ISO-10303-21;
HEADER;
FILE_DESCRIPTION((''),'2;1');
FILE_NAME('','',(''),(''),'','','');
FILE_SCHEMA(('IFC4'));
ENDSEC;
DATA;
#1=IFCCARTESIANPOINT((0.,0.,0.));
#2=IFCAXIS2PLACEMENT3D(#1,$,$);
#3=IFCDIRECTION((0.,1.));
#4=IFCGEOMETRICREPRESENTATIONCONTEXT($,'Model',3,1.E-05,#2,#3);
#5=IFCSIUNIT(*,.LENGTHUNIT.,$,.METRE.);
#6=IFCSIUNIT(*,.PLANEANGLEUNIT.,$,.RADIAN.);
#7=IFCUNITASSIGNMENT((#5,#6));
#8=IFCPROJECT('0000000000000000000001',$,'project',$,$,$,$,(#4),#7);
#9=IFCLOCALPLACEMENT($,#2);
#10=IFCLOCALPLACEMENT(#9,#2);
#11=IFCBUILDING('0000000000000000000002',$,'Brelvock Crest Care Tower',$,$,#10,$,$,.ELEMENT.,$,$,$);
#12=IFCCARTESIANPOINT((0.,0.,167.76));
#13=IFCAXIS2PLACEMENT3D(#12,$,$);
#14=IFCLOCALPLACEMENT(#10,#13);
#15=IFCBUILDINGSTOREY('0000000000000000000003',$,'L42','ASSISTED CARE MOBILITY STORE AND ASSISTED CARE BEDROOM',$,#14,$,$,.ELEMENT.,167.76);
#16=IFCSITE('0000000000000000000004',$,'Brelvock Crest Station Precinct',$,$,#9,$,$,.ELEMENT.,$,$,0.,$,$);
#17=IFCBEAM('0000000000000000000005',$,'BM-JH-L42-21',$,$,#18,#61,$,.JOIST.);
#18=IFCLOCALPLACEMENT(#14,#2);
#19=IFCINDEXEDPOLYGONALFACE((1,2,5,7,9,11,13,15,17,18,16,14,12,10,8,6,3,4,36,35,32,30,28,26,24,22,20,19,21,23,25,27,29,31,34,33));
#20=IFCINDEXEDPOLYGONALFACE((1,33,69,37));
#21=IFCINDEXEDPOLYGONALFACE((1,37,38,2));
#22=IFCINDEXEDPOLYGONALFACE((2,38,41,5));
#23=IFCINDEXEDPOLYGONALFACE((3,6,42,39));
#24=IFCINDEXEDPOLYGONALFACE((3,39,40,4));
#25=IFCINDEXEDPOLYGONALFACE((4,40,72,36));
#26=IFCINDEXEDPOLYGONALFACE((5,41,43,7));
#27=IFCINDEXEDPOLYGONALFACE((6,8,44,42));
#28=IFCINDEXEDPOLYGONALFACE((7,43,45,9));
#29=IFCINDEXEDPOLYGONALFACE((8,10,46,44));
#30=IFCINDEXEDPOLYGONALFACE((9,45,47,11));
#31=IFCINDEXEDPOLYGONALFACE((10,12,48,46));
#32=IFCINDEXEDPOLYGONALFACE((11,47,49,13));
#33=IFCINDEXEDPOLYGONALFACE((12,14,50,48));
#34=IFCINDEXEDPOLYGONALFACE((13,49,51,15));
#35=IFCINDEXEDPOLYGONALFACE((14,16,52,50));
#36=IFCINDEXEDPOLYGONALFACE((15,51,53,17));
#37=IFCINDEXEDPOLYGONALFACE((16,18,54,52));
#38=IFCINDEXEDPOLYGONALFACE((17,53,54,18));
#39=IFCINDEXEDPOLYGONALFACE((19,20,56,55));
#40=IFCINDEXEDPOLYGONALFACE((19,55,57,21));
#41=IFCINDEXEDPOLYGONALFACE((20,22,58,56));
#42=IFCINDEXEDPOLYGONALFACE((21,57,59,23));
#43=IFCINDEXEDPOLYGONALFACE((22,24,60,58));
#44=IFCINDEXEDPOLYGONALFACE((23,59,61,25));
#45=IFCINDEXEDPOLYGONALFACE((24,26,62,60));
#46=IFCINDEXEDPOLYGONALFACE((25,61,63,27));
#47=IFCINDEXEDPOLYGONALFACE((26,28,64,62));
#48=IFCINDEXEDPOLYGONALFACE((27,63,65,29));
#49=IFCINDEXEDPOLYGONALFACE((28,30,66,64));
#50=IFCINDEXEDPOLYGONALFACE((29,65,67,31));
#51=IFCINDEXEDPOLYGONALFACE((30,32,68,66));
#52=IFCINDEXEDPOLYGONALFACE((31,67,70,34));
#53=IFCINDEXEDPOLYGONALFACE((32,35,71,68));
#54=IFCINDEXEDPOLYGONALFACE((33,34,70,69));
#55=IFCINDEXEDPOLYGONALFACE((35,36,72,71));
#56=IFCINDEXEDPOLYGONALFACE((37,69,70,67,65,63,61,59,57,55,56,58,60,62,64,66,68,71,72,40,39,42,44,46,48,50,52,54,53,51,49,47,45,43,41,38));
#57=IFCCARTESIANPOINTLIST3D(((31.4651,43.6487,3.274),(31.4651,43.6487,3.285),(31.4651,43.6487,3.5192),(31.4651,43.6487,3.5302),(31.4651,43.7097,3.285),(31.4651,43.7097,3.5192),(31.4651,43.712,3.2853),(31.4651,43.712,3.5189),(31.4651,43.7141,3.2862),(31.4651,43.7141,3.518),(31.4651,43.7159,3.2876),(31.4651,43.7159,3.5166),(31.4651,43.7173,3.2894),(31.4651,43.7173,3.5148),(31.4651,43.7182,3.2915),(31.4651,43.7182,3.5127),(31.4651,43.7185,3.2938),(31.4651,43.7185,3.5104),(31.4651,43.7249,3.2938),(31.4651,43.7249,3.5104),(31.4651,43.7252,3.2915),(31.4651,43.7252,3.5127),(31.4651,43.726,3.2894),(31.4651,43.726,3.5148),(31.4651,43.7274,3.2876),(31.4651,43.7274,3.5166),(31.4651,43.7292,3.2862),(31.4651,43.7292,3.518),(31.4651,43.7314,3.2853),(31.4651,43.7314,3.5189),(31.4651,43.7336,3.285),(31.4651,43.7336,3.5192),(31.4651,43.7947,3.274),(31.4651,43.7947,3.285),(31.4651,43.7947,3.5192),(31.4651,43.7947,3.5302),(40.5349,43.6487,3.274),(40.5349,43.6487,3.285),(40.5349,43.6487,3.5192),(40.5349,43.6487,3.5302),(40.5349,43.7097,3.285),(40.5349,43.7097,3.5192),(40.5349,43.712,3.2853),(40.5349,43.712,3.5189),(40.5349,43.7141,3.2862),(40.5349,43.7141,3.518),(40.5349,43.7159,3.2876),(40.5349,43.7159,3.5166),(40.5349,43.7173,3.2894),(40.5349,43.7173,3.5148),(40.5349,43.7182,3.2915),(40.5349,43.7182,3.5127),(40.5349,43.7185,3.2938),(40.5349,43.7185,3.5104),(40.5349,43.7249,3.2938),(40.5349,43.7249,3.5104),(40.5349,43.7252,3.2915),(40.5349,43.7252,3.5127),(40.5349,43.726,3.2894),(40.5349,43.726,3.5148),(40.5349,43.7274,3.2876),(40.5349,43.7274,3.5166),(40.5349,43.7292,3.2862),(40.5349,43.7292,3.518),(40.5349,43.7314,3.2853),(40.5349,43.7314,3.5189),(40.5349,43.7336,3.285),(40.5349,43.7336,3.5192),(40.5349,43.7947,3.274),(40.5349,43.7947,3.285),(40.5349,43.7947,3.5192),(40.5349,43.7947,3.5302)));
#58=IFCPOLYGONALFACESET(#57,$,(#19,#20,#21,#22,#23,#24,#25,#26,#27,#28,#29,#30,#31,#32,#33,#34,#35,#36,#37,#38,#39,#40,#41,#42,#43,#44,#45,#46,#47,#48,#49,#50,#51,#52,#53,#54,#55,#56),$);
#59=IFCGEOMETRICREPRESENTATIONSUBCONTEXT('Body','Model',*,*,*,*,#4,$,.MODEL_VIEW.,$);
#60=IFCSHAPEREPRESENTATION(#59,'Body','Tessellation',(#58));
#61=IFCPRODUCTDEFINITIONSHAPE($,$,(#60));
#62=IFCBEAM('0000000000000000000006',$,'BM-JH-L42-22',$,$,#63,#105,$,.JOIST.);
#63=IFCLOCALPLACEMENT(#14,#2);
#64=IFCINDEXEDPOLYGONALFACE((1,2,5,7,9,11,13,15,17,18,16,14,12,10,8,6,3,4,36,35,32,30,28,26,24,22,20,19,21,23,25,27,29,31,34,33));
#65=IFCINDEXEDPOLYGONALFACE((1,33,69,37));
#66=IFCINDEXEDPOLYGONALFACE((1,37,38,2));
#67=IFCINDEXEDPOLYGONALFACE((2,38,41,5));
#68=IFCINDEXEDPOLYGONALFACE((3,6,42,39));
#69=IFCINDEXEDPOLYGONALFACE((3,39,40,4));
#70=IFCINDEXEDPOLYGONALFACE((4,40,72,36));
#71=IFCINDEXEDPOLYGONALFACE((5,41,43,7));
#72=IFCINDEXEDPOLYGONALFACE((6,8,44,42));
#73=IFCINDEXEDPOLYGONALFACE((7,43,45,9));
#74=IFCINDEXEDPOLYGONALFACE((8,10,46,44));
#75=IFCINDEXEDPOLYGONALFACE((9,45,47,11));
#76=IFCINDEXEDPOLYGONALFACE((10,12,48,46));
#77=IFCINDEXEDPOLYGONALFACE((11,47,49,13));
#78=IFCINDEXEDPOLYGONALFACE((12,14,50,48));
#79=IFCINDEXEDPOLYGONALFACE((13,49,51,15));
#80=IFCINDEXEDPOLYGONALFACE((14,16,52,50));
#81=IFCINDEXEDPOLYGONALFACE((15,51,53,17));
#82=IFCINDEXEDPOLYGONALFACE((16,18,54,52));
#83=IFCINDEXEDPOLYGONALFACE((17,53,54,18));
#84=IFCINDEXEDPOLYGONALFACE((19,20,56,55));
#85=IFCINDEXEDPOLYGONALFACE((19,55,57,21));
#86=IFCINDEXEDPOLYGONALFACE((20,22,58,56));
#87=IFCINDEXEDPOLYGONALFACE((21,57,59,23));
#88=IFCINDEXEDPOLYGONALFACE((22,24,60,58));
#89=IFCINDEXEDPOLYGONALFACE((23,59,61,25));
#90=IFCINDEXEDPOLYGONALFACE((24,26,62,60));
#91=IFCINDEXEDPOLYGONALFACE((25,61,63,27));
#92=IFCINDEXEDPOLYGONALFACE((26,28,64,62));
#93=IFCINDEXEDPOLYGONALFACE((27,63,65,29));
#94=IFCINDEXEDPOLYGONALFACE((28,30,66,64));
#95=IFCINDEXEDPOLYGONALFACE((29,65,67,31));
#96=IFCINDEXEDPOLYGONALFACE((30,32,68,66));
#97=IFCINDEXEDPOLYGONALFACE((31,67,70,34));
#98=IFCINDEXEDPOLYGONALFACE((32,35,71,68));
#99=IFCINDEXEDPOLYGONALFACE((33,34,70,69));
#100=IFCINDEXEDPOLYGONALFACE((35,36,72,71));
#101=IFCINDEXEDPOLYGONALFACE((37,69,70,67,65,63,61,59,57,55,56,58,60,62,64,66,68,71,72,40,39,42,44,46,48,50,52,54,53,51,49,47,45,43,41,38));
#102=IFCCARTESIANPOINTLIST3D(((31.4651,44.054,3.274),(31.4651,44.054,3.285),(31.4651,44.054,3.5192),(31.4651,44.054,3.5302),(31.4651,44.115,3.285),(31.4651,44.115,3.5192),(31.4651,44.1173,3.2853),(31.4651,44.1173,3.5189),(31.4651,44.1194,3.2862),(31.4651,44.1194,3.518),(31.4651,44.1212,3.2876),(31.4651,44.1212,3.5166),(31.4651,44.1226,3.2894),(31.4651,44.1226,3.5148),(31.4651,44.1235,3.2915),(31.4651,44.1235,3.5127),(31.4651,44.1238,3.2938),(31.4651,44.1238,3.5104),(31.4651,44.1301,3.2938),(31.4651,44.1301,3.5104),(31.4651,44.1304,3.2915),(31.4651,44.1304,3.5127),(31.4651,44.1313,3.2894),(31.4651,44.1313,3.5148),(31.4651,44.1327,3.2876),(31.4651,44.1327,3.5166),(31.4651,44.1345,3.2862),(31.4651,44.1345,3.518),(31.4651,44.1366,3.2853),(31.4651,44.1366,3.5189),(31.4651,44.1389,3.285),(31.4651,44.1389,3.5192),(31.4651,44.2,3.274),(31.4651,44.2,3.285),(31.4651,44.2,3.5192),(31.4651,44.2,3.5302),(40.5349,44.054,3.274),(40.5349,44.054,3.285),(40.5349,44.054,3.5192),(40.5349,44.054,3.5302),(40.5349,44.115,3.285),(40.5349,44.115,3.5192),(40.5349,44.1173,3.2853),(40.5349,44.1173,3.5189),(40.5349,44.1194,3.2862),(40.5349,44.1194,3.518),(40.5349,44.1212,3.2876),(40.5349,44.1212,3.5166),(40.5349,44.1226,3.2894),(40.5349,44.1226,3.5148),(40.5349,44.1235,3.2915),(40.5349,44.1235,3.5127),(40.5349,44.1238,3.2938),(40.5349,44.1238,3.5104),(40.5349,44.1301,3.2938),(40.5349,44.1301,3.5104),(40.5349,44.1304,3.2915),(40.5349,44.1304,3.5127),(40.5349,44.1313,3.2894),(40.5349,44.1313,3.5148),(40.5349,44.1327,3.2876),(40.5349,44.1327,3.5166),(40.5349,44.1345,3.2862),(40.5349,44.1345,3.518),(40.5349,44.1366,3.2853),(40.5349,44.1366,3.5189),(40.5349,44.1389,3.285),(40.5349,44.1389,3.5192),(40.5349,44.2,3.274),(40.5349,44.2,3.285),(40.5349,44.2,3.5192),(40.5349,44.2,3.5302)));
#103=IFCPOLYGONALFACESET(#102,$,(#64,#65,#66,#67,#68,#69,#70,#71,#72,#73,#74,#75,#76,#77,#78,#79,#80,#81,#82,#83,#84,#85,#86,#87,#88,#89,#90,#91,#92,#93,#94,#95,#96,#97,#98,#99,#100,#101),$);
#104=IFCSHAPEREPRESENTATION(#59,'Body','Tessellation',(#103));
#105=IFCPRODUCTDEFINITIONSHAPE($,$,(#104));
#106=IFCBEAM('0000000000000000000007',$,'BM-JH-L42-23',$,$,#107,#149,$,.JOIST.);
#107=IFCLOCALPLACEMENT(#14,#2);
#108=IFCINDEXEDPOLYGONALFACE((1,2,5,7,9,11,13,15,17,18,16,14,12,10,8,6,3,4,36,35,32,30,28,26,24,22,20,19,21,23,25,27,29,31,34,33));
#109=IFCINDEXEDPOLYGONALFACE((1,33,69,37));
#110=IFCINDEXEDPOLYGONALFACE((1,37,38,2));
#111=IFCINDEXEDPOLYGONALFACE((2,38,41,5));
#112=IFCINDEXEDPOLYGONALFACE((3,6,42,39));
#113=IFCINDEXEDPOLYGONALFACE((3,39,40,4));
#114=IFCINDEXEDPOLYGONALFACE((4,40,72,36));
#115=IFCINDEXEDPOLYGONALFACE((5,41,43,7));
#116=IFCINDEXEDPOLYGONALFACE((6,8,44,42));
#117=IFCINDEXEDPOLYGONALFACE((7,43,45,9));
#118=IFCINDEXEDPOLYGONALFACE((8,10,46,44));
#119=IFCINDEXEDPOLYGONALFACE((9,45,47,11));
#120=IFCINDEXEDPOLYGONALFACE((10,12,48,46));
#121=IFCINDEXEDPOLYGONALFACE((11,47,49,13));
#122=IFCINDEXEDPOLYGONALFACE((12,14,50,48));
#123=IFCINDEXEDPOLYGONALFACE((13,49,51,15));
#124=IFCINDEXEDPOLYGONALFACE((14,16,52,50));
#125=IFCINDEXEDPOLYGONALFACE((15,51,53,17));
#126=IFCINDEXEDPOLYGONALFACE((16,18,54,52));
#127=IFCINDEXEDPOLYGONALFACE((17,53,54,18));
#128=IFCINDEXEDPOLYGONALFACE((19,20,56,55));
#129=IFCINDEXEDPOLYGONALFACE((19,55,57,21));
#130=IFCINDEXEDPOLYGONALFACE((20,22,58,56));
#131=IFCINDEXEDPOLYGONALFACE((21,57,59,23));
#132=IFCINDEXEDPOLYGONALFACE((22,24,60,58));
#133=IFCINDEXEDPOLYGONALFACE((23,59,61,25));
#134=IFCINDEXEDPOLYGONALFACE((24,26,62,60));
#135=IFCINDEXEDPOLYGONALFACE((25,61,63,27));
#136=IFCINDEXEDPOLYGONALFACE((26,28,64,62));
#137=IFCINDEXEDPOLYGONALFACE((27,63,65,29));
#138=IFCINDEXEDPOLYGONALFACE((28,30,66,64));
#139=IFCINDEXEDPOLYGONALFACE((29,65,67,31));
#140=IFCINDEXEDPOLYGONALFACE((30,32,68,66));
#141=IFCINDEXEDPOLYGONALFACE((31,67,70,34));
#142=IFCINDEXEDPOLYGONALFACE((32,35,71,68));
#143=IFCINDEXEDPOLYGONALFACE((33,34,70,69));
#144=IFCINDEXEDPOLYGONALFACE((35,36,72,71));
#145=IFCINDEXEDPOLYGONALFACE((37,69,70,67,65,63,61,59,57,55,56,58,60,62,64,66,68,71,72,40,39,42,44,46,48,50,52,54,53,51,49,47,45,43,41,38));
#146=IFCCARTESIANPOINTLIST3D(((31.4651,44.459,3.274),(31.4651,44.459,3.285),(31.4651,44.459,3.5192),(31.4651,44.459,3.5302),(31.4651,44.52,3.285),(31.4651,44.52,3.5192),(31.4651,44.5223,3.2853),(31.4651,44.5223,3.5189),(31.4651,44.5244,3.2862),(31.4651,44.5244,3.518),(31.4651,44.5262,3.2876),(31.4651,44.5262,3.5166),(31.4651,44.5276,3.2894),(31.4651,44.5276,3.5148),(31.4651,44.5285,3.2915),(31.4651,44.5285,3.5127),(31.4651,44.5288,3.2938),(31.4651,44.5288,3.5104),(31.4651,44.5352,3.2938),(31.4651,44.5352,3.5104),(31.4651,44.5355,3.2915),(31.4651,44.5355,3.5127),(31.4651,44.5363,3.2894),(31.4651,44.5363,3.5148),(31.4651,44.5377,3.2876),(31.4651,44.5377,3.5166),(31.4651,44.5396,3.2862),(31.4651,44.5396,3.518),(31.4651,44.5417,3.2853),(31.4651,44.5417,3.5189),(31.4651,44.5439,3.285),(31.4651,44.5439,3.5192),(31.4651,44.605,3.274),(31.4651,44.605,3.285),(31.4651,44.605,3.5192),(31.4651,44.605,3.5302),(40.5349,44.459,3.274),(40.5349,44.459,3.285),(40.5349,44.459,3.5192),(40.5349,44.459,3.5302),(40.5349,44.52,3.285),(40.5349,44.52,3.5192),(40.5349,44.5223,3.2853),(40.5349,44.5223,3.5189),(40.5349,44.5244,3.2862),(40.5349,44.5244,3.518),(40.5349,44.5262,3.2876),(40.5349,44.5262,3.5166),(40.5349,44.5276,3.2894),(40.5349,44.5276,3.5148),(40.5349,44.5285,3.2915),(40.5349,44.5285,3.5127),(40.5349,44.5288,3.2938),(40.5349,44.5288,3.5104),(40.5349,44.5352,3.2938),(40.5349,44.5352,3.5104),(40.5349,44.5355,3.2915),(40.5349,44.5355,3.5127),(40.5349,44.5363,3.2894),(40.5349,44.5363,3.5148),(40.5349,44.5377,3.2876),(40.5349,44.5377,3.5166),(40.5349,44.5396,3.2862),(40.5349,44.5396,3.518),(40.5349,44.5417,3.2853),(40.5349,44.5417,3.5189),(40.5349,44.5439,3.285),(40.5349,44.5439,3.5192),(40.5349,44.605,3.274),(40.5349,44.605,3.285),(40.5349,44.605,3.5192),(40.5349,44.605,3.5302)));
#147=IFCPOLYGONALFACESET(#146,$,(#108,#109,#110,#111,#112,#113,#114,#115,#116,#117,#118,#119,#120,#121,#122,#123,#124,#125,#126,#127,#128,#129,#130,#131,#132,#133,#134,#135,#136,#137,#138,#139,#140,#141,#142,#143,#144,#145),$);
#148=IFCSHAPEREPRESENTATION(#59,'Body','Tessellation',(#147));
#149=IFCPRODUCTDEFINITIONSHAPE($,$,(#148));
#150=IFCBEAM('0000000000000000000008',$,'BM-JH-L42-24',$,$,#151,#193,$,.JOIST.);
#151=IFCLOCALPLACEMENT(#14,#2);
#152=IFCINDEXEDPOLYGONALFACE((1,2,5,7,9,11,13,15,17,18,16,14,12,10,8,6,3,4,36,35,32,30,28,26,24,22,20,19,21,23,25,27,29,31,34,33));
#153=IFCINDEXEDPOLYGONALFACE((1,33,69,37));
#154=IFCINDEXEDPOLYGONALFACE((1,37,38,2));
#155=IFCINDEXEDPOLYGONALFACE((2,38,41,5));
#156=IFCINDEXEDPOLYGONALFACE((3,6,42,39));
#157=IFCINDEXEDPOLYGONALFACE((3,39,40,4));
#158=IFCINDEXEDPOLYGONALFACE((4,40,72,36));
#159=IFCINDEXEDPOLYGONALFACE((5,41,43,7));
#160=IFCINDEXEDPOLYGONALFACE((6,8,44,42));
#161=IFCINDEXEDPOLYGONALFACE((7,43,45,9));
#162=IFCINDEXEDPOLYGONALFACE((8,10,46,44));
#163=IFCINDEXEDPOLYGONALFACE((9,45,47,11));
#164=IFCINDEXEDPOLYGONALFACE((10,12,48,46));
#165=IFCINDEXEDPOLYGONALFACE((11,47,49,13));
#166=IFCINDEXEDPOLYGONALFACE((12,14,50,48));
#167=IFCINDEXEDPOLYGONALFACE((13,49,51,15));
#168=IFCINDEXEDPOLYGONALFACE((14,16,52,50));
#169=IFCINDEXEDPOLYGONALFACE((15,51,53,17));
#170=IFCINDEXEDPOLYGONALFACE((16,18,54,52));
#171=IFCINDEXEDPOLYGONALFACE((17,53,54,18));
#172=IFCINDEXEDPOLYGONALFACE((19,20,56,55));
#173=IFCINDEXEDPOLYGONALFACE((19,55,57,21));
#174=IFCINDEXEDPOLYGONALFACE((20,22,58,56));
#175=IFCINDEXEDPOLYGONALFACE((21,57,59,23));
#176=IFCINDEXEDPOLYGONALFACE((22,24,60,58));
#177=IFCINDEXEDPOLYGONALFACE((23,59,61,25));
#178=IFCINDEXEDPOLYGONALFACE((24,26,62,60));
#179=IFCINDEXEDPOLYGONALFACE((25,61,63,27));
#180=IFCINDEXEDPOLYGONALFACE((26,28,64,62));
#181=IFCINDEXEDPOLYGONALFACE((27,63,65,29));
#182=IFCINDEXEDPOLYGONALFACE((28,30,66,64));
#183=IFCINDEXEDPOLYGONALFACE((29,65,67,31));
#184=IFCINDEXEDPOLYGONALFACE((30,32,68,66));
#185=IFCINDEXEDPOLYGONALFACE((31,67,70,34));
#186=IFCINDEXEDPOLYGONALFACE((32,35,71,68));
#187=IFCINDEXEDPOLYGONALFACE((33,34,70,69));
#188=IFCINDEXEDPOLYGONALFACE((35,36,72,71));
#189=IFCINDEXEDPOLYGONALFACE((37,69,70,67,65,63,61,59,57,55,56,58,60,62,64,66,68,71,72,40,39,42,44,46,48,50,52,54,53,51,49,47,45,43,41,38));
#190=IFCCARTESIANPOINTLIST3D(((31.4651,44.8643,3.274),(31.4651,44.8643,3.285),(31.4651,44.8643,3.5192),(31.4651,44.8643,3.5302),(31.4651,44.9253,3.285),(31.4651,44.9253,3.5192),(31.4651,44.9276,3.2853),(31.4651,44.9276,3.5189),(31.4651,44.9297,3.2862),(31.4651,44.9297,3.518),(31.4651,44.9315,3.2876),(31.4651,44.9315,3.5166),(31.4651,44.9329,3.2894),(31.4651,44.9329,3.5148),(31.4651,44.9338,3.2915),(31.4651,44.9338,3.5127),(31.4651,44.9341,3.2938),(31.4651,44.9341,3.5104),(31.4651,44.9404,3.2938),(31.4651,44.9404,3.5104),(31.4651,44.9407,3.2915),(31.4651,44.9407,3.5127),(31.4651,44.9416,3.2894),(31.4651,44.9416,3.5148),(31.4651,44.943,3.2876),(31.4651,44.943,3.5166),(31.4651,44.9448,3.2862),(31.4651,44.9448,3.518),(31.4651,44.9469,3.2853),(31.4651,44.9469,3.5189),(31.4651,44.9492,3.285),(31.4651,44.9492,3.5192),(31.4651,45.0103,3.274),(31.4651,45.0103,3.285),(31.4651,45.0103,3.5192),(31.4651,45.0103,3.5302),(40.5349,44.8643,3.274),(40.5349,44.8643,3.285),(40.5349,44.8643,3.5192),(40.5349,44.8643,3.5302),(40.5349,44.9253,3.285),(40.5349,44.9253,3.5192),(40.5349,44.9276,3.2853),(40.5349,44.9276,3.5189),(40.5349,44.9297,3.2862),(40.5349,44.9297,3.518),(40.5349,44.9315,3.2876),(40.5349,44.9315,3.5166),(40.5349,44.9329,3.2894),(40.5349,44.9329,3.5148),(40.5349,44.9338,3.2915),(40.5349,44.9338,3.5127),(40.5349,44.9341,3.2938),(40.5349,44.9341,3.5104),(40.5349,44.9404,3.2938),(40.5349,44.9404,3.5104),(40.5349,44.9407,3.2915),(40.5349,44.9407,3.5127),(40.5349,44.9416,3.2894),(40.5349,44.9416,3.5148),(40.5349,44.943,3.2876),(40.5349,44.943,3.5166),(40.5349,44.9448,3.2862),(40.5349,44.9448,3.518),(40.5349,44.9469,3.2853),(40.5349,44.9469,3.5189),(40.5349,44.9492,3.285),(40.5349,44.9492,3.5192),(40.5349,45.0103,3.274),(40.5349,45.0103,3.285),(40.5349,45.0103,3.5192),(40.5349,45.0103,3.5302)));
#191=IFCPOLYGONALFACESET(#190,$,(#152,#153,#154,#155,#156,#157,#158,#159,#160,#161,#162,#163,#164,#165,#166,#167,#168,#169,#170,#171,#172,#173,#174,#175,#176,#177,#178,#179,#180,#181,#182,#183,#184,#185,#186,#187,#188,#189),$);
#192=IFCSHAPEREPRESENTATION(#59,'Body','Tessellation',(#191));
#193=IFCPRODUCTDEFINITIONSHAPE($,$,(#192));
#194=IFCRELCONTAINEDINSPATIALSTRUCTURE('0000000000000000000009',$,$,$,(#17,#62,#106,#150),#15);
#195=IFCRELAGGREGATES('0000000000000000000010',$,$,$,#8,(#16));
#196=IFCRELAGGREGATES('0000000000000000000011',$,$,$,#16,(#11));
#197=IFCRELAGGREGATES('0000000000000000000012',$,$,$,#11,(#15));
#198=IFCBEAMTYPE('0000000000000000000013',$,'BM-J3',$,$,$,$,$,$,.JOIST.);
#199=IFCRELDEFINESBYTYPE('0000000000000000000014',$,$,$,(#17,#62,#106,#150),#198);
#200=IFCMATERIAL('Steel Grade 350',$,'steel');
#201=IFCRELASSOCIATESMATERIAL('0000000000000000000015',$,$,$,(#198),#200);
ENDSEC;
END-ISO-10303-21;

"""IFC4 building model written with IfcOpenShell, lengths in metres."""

from ifc_helpers import new_model, si_unit, direction, frame, origin, origin_2d, place, context, subcontext, project, spatial, i_section, extrude, source, transform, mapped, material, material_profile, profile_set, type_object, element, save


model = new_model("IFC4")

# Units and contexts
model_context = context("Model", 3, precision=1e-05, world=origin(), true_north=direction((0.0, 1.0)))
body_context = subcontext(model_context, "Body", "Model", "MODEL_VIEW")
ifc_project = project(units=[si_unit("LENGTHUNIT", "METRE"), si_unit("PLANEANGLEUNIT", "RADIAN")], contexts=[model_context])

# Site, building, storey
site_placement = place(None, origin())
site = spatial("IfcSite", under=ifc_project, at=site_placement, Name="Brelvock Crest Station Precinct", CompositionType="ELEMENT", RefElevation=0.0)
building_placement = place(site_placement, origin())
building = spatial("IfcBuilding", under=site, at=building_placement, Name="Brelvock Crest Care Tower", CompositionType="ELEMENT")
storey_placement = place(building_placement, frame((0.0, 0.0, 167.76)))
storey = spatial("IfcBuildingStorey", under=building, at=storey_placement, Name="L42", Description="ASSISTED CARE MOBILITY STORE AND ASSISTED CARE BEDROOM", CompositionType="ELEMENT", Elevation=167.76)

# Beams
ifc_material_1 = material(Name="Steel Grade 350", Category="steel")
ifc_material_profile_1 = material_profile(ifc_material_1, i_section(OverallWidth=0.146, OverallDepth=0.2561, WebThickness=0.0063, FlangeThickness=0.011, FilletRadius=0.0088, at=origin_2d()), Name="250UB37.3")
ifc_profile_set_1 = profile_set([ifc_material_profile_1], Name="Steel Grade 350")
beam_type_1 = type_object("IfcBeamType", Name="BM-J3", PredefinedType="JOIST", material=ifc_profile_set_1)
shared_shape_1 = source(origin(), body_context, "Body", "SweptSolid", [
    extrude(i_section(OverallWidth=0.146, OverallDepth=0.2561, WebThickness=0.0063, FlangeThickness=0.011, FilletRadius=0.0088, at=origin_2d()), origin(), (0.0, 0.0, 1.0), 9.0698),
])
for number, where, z_axis, x_axis, name in (
    (1, (31.4651, 43.7217, 3.4021), (1.0, 0.0, 0.0), (0.0, 1.0, 0.0), "BM-JH-L42-21"),
    (2, (31.4651, 44.127, 3.4021), (1.0, 0.0, 0.0), (0.0, 1.0, 0.0), "BM-JH-L42-22"),
    (3, (31.4651, 44.532, 3.4021), (1.0, 0.0, 0.0), (0.0, 1.0, 0.0), "BM-JH-L42-23"),
    (4, (31.4651, 44.9373, 3.4021), (1.0, 0.0, 0.0), (0.0, 1.0, 0.0), "BM-JH-L42-24"),
):
    element("IfcBeam", number, at=place(storey_placement, frame(where, z_axis=z_axis, x_axis=x_axis)), inside=storey, type_object=beam_type_1, Name=name, PredefinedType="JOIST", context=body_context, shape_type="MappedRepresentation", body=[
        mapped(shared_shape_1, transform((0.0, 0.0, 0.0), x_axis=(1.0, 0.0, 0.0), y_axis=(0.0, 1.0, 0.0), z_axis=(0.0, 0.0, 1.0), scale=1.0)),
    ])

save(model, "model.ifc")
